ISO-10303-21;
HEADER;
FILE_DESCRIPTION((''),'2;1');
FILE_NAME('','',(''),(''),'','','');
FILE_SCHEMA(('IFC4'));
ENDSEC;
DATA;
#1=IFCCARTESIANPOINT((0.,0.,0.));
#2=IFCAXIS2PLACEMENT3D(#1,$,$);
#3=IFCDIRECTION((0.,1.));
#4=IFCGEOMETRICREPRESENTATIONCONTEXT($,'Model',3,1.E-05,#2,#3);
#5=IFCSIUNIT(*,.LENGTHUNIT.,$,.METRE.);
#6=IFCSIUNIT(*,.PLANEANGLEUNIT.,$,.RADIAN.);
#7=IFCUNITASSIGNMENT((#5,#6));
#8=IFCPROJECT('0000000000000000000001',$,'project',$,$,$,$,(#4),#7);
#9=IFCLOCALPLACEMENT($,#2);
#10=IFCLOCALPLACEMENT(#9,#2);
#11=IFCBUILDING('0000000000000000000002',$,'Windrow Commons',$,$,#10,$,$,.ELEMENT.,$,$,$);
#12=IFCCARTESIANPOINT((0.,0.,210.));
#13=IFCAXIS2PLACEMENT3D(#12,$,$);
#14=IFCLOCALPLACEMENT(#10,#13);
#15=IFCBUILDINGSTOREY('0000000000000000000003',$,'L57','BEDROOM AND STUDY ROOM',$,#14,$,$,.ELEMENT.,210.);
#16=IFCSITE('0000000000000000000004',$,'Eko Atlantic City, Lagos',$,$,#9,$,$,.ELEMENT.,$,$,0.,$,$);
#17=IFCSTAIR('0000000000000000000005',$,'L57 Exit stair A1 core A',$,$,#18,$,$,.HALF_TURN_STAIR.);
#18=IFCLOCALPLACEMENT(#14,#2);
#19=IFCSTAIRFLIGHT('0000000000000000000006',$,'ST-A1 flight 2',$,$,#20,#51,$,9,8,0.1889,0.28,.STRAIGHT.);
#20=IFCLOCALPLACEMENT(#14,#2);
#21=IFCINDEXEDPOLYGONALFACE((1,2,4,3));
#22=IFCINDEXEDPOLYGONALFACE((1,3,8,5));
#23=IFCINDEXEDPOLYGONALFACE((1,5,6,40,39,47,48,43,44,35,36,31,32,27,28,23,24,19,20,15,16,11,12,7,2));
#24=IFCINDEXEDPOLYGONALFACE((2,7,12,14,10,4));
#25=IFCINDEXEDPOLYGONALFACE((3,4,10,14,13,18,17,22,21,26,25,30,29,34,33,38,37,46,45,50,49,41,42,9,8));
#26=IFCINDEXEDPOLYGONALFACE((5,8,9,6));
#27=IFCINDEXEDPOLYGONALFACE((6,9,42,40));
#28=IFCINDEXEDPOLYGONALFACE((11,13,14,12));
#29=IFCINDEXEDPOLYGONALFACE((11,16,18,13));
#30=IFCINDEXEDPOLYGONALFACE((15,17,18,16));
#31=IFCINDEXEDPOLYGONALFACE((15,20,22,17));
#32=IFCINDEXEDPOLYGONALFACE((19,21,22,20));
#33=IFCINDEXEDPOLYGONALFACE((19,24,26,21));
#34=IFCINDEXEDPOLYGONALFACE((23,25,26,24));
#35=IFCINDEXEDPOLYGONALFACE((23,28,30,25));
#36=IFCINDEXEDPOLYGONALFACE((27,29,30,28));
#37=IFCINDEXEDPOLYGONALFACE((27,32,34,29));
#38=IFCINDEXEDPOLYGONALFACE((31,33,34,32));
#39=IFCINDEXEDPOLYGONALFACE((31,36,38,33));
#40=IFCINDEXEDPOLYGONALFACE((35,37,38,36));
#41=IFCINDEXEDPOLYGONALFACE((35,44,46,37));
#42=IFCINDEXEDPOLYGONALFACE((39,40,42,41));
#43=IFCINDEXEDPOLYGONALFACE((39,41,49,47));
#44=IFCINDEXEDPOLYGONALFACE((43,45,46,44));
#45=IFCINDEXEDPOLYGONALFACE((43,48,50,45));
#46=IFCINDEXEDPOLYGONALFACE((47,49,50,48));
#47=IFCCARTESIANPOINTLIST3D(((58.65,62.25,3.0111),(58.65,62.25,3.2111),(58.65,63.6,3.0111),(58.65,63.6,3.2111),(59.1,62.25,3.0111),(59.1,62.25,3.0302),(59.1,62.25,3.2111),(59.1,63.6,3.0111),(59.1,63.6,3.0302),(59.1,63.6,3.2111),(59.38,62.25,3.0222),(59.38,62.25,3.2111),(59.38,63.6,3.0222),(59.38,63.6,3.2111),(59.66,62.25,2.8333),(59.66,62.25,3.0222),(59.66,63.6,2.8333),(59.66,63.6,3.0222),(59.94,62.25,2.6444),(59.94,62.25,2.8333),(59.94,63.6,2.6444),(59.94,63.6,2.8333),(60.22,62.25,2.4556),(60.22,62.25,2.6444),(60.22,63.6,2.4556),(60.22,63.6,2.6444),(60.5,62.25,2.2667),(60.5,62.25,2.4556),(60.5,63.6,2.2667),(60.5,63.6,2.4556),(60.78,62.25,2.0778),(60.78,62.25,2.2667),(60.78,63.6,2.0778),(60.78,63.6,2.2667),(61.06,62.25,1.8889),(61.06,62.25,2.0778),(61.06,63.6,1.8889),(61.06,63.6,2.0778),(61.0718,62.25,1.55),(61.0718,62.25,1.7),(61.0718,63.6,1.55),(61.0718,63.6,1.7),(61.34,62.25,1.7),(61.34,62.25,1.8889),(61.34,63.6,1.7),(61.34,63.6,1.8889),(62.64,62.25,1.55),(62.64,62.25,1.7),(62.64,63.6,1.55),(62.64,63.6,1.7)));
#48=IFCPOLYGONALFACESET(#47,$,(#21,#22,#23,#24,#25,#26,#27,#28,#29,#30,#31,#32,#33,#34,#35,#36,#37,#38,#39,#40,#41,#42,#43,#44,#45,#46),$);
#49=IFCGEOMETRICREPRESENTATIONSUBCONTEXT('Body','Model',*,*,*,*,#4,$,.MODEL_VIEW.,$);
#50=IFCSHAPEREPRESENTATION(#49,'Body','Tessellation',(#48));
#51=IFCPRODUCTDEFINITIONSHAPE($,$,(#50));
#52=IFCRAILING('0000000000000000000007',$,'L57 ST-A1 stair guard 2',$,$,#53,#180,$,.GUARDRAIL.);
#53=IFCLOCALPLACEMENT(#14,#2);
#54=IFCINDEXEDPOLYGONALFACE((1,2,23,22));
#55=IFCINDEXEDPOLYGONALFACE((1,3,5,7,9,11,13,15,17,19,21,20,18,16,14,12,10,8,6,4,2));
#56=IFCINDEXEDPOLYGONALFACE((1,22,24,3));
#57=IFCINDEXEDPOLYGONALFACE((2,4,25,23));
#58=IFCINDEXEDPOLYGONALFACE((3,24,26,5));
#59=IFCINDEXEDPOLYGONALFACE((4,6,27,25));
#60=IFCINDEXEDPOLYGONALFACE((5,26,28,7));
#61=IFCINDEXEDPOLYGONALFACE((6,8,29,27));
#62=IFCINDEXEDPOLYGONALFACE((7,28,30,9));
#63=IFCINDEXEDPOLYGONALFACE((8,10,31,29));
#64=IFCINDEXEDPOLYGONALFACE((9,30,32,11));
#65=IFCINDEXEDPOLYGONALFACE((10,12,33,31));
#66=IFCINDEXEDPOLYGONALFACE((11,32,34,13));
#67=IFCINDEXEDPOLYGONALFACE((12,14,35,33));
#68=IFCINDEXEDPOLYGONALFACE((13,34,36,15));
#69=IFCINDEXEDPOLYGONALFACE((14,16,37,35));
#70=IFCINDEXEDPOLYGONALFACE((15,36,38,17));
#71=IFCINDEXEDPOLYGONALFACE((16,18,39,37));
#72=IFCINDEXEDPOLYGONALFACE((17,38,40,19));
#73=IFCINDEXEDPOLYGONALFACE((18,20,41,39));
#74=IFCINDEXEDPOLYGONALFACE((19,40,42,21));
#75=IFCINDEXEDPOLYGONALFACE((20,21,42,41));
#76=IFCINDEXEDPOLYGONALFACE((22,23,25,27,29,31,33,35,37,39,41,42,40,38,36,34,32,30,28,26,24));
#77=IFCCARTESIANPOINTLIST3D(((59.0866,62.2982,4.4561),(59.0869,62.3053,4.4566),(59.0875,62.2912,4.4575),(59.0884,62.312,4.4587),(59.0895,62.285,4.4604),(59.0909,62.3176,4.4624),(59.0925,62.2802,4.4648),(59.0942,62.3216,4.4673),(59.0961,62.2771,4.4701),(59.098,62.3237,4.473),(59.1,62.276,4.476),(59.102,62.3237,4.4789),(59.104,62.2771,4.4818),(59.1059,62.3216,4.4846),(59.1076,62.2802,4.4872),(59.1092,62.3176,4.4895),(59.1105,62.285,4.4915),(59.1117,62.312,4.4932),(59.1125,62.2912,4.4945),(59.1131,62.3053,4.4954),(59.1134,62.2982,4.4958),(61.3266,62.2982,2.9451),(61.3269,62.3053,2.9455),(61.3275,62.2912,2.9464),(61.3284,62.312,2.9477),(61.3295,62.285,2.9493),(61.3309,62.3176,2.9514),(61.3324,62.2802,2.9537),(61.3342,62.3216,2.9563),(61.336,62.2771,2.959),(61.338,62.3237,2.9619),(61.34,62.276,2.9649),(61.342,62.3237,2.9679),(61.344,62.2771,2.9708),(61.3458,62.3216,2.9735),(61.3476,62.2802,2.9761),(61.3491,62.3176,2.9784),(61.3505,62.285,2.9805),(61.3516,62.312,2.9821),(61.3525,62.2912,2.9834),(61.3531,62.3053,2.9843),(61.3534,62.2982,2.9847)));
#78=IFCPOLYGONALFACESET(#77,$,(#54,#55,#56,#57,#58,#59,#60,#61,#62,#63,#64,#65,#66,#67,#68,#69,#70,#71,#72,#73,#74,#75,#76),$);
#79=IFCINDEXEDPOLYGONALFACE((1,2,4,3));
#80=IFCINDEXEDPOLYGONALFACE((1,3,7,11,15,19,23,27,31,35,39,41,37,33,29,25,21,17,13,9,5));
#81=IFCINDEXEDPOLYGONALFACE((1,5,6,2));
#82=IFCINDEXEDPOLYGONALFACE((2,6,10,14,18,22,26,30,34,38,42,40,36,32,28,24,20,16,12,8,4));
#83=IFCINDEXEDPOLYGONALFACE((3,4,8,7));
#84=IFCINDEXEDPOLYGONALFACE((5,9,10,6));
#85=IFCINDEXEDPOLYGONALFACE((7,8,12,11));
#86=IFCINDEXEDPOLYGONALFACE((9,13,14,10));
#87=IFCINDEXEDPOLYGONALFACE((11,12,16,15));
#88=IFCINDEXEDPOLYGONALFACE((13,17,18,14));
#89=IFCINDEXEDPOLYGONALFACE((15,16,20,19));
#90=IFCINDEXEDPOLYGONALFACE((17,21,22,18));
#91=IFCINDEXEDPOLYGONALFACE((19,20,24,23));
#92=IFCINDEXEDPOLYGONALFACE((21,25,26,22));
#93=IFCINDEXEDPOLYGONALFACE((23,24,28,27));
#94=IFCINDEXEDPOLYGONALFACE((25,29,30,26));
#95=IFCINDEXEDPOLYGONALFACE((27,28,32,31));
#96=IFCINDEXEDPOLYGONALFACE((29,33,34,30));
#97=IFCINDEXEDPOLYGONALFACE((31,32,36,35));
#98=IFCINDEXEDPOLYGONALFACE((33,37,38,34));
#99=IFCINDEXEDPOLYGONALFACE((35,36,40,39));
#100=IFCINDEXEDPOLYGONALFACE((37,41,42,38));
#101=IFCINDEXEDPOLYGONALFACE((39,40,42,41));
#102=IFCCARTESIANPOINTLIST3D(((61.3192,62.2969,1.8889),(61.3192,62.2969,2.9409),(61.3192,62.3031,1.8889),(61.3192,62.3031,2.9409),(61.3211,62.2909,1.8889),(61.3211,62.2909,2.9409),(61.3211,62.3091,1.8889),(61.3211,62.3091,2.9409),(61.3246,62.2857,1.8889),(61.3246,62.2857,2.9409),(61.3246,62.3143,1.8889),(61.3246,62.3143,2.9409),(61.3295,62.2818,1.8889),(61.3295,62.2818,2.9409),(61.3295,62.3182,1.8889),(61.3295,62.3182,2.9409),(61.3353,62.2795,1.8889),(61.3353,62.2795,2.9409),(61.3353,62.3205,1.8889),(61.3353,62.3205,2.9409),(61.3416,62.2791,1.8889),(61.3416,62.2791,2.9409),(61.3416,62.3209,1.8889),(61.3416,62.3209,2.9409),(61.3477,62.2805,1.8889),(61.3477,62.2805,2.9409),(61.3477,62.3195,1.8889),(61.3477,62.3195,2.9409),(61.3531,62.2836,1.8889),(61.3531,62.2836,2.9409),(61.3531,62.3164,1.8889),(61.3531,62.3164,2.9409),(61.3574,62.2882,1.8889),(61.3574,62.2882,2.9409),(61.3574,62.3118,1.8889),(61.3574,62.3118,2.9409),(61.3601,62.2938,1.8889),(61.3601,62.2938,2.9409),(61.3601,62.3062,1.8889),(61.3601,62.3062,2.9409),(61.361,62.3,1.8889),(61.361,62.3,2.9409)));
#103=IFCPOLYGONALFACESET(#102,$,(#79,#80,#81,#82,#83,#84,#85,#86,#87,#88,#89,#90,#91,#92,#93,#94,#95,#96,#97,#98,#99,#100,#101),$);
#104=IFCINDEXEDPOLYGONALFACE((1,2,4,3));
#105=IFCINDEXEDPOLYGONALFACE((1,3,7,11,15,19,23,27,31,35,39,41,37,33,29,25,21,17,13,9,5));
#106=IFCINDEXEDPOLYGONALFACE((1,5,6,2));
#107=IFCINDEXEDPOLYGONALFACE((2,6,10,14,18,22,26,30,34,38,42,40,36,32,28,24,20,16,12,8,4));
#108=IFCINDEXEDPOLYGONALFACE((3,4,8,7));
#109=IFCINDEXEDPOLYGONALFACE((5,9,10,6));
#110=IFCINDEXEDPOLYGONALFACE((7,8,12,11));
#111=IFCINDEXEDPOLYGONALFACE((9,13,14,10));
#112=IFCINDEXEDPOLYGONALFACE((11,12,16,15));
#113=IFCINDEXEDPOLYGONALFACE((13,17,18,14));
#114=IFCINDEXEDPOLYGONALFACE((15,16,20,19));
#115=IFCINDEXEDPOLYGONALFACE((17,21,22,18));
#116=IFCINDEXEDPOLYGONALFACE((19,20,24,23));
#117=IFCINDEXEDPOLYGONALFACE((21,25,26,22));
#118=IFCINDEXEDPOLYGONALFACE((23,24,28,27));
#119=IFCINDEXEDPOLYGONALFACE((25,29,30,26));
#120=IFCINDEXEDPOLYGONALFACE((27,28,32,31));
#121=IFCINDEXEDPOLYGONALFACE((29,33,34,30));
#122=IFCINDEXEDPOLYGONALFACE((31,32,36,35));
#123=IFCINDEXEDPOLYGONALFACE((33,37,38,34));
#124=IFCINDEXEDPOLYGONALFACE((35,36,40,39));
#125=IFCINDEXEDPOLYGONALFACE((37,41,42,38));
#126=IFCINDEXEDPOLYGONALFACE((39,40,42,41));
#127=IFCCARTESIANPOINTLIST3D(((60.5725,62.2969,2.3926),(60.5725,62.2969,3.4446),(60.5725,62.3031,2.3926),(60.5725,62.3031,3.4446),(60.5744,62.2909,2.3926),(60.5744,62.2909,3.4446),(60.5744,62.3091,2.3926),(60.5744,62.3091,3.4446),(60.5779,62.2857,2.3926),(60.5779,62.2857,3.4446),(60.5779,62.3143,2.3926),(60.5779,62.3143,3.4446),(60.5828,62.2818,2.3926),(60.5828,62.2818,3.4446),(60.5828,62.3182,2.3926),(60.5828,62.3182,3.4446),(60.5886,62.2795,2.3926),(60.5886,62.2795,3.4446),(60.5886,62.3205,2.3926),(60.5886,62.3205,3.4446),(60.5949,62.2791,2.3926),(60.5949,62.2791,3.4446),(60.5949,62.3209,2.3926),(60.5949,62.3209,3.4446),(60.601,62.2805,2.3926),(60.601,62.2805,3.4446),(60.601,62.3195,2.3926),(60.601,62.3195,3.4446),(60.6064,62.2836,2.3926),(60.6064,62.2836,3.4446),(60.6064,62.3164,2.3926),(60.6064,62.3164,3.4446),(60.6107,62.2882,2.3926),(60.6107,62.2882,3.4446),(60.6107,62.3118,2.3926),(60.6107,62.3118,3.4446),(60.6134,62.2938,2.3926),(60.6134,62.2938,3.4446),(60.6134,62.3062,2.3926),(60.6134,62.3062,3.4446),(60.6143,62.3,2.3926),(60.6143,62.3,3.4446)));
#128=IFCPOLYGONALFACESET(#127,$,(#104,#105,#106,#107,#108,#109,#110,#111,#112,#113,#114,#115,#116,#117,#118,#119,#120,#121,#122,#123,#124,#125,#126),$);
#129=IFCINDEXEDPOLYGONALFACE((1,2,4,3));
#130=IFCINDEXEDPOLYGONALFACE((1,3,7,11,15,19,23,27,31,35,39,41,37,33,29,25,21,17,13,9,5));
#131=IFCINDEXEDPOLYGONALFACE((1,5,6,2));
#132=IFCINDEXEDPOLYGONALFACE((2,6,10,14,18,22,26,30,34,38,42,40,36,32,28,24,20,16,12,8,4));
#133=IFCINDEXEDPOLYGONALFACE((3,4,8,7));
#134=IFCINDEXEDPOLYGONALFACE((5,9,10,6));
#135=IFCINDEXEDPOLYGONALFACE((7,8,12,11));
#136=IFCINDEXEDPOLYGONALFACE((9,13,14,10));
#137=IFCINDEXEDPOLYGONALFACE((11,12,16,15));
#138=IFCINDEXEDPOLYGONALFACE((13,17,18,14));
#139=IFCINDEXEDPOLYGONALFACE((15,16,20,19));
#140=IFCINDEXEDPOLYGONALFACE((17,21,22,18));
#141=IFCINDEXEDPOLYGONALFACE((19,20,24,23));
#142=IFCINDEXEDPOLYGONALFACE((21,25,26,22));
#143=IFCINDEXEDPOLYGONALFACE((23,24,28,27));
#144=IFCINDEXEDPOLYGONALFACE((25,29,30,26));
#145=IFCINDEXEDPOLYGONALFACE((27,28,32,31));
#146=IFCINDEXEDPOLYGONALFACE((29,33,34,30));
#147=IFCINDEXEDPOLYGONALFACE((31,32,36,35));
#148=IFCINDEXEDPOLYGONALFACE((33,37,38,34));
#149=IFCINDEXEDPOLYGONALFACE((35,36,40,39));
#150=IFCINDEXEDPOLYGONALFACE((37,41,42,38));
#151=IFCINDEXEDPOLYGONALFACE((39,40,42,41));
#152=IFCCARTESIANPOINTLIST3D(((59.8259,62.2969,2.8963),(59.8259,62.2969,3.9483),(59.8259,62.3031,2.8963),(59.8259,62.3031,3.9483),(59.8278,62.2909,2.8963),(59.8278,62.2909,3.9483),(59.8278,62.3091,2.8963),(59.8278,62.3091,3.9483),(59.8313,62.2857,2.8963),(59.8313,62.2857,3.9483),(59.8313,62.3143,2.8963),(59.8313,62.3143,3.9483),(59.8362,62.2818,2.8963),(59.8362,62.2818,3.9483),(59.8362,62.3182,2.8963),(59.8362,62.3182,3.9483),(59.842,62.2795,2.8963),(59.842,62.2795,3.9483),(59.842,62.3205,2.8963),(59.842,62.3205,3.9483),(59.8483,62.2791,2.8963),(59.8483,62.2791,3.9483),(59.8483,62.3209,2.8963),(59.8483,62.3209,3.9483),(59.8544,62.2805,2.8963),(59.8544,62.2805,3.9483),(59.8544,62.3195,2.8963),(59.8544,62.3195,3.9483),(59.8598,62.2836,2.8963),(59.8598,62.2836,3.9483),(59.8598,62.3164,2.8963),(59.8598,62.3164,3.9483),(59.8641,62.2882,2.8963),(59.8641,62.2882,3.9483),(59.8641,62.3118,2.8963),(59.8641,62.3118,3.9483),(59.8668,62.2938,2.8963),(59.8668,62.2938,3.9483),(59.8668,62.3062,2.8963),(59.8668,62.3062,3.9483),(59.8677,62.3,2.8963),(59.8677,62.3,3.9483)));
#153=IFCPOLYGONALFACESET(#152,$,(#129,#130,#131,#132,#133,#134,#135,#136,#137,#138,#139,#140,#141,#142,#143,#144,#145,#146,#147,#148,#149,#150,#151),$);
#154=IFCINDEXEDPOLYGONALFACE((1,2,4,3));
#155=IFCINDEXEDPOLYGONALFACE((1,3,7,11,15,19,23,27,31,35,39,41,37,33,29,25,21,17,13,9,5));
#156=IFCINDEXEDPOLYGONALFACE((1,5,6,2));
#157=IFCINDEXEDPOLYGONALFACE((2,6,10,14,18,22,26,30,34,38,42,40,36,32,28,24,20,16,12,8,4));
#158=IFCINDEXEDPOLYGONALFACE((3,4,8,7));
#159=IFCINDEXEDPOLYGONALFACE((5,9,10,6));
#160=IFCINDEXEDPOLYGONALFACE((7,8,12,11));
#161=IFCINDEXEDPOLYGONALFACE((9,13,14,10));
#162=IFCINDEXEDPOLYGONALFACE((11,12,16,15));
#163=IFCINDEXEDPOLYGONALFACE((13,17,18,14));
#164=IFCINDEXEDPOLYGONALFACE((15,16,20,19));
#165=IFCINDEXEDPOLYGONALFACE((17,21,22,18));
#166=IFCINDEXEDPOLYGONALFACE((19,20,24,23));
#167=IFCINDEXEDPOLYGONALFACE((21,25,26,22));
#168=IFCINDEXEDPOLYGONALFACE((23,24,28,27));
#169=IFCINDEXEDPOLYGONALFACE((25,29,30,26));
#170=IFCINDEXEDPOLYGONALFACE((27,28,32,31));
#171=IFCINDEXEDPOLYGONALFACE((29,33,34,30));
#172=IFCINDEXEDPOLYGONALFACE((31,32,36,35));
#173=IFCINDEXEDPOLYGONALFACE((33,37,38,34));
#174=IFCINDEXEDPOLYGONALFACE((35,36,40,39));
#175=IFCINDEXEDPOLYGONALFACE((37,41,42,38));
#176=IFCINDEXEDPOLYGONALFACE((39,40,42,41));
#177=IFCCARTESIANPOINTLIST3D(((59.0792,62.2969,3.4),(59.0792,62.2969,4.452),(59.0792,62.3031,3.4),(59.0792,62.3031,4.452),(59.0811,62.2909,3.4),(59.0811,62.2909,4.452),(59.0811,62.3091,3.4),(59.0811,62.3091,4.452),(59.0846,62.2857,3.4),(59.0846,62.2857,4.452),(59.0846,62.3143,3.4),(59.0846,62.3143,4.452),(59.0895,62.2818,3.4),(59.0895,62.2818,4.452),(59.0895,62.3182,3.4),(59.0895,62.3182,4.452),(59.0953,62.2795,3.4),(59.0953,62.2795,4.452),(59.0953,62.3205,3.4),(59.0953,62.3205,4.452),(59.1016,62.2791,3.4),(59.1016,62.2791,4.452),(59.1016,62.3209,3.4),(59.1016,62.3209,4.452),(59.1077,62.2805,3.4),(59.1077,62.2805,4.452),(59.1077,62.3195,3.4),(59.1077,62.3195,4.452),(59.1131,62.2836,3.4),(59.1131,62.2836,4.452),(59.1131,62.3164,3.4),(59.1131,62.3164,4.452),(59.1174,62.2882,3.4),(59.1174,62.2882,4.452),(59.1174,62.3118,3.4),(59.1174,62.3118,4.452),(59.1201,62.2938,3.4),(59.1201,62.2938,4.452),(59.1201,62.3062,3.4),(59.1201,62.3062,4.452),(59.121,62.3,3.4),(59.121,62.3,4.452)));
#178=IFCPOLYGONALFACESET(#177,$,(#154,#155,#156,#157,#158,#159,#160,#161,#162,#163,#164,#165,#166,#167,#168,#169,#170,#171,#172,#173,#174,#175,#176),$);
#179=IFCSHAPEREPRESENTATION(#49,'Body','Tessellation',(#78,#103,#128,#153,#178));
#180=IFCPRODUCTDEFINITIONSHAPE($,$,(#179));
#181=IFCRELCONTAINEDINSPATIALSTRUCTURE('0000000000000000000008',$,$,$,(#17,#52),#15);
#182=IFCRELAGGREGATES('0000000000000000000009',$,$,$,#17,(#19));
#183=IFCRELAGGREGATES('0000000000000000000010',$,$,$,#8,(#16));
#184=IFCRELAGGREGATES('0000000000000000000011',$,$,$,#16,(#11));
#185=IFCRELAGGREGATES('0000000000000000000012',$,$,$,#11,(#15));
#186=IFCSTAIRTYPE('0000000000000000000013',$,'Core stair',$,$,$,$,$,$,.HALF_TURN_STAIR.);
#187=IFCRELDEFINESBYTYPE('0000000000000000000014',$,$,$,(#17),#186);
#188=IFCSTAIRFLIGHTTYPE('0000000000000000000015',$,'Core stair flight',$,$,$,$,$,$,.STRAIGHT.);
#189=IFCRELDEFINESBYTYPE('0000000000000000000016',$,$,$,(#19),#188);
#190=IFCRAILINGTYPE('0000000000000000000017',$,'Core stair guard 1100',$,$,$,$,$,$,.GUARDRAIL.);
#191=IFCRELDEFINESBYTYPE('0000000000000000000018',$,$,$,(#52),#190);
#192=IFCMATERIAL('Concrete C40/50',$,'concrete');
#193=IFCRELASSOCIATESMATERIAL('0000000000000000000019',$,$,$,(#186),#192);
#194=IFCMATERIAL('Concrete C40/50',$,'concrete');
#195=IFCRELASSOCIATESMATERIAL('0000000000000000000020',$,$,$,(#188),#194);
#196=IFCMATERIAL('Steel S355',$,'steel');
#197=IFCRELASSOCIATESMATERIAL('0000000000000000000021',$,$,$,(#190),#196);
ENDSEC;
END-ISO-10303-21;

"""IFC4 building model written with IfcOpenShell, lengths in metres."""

from ifc_helpers import new_model, si_unit, direction, frame, origin, origin_2d, place, context, subcontext, project, spatial, polyline, circle, outline, extrude, material, type_object, element, aggregate, save


model = new_model("IFC4")

# Units and contexts
model_context = context("Model", 3, precision=1e-05, world=origin(), true_north=direction((0.0, 1.0)))
body_context = subcontext(model_context, "Body", "Model", "MODEL_VIEW")
ifc_project = project(units=[si_unit("LENGTHUNIT", "METRE"), si_unit("PLANEANGLEUNIT", "RADIAN")], contexts=[model_context])

# Site, building, storey
site_placement = place(None, origin())
site = spatial("IfcSite", under=ifc_project, at=site_placement, Name="Eko Atlantic City, Lagos", CompositionType="ELEMENT", RefElevation=0.0)
building_placement = place(site_placement, origin())
building = spatial("IfcBuilding", under=site, at=building_placement, Name="Windrow Commons", CompositionType="ELEMENT")
storey_placement = place(building_placement, frame((0.0, 0.0, 210.0)))
storey = spatial("IfcBuildingStorey", under=building, at=storey_placement, Name="L57", Description="BEDROOM AND STUDY ROOM", CompositionType="ELEMENT", Elevation=210.0)

# Stair, stair flight
ifc_material_1 = material(Name="Concrete C40/50", Category="concrete")
stair_type = type_object("IfcStairType", Name="Core stair", PredefinedType="HALF_TURN_STAIR", material=ifc_material_1)
stair_placement = place(storey_placement, origin())
stair = element("IfcStair", 1, at=stair_placement, inside=storey, type_object=stair_type, Name="L57 Exit stair A1 core A", PredefinedType="HALF_TURN_STAIR")
ifc_material_2 = material(Name="Concrete C40/50", Category="concrete")
stair_flight_type = type_object("IfcStairFlightType", Name="Core stair flight", PredefinedType="STRAIGHT", material=ifc_material_2)
stair_flight_placement = place(storey_placement, frame((61.34, 62.925, 1.7), z_axis=(0.0, 0.0, 1.0), x_axis=(-1.0, 0.0, 0.0)))
stair_flight = element("IfcStairFlight", 2, at=stair_flight_placement, type_object=stair_flight_type, Name="ST-A1 flight 2", NumberOfRisers=9, NumberOfTreads=8, PredefinedType="STRAIGHT", RiserHeight=0.1889, TreadLength=0.28, context=body_context, shape_type="SweptSolid", body=[
    extrude(outline(polyline([(-1.3, -0.15), (-1.3, 0.0), (0.0, 0.0), (0.0, 0.1889), (0.28, 0.1889), (0.28, 0.3778), (0.56, 0.3778), (0.56, 0.5667), (0.84, 0.5667), (0.84, 0.7556), (1.12, 0.7556), (1.12, 0.9444), (1.4, 0.9444), (1.4, 1.1333), (1.68, 1.1333), (1.68, 1.3222), (1.96, 1.3222), (1.96, 1.5111), (2.24, 1.5111), (2.69, 1.5111), (2.69, 1.3111), (2.24, 1.3111), (2.24, 1.3302), (0.2682, 0.0), (0.2682, -0.15), (-1.3, -0.15)])), frame((0.0, 0.675, 0.0), z_axis=(0.0, -1.0, 0.0), x_axis=(1.0, 0.0, 0.0)), (0.0, 0.0, 1.0), 1.35),
])
aggregate(stair, [stair_flight])

# Railing
ifc_material_3 = material(Name="Steel S355", Category="steel")
railing_type_1 = type_object("IfcRailingType", Name="Core stair guard 1100", PredefinedType="GUARDRAIL", material=ifc_material_3)
railing_1_placement = place(storey_placement, frame((61.34, 62.3, 1.8889)))
element("IfcRailing", 3, at=railing_1_placement, inside=storey, type_object=railing_type_1, Name="L57 ST-A1 stair guard 2", PredefinedType="GUARDRAIL", context=body_context, shape_type="SweptSolid", body=[
    extrude(circle(Radius=0.024, at=origin_2d()), frame((0.0, 0.0, 1.076), z_axis=(-0.829003, 0.0, 0.559244), x_axis=(0.0, -1.0, 0.0)), (0.0, 0.0, 1.0), 2.702),
    extrude(circle(Radius=0.021, at=origin_2d()), origin(), (0.0, 0.0, 1.0), 1.052),
    extrude(circle(Radius=0.021, at=origin_2d()), frame((-0.7467, 0.0, 0.5037)), (0.0, 0.0, 1.0), 1.052),
    extrude(circle(Radius=0.021, at=origin_2d()), frame((-1.4933, 0.0, 1.0074)), (0.0, 0.0, 1.0), 1.052),
    extrude(circle(Radius=0.021, at=origin_2d()), frame((-2.24, 0.0, 1.5111)), (0.0, 0.0, 1.0), 1.052),
])

save(model, "model.ifc")
